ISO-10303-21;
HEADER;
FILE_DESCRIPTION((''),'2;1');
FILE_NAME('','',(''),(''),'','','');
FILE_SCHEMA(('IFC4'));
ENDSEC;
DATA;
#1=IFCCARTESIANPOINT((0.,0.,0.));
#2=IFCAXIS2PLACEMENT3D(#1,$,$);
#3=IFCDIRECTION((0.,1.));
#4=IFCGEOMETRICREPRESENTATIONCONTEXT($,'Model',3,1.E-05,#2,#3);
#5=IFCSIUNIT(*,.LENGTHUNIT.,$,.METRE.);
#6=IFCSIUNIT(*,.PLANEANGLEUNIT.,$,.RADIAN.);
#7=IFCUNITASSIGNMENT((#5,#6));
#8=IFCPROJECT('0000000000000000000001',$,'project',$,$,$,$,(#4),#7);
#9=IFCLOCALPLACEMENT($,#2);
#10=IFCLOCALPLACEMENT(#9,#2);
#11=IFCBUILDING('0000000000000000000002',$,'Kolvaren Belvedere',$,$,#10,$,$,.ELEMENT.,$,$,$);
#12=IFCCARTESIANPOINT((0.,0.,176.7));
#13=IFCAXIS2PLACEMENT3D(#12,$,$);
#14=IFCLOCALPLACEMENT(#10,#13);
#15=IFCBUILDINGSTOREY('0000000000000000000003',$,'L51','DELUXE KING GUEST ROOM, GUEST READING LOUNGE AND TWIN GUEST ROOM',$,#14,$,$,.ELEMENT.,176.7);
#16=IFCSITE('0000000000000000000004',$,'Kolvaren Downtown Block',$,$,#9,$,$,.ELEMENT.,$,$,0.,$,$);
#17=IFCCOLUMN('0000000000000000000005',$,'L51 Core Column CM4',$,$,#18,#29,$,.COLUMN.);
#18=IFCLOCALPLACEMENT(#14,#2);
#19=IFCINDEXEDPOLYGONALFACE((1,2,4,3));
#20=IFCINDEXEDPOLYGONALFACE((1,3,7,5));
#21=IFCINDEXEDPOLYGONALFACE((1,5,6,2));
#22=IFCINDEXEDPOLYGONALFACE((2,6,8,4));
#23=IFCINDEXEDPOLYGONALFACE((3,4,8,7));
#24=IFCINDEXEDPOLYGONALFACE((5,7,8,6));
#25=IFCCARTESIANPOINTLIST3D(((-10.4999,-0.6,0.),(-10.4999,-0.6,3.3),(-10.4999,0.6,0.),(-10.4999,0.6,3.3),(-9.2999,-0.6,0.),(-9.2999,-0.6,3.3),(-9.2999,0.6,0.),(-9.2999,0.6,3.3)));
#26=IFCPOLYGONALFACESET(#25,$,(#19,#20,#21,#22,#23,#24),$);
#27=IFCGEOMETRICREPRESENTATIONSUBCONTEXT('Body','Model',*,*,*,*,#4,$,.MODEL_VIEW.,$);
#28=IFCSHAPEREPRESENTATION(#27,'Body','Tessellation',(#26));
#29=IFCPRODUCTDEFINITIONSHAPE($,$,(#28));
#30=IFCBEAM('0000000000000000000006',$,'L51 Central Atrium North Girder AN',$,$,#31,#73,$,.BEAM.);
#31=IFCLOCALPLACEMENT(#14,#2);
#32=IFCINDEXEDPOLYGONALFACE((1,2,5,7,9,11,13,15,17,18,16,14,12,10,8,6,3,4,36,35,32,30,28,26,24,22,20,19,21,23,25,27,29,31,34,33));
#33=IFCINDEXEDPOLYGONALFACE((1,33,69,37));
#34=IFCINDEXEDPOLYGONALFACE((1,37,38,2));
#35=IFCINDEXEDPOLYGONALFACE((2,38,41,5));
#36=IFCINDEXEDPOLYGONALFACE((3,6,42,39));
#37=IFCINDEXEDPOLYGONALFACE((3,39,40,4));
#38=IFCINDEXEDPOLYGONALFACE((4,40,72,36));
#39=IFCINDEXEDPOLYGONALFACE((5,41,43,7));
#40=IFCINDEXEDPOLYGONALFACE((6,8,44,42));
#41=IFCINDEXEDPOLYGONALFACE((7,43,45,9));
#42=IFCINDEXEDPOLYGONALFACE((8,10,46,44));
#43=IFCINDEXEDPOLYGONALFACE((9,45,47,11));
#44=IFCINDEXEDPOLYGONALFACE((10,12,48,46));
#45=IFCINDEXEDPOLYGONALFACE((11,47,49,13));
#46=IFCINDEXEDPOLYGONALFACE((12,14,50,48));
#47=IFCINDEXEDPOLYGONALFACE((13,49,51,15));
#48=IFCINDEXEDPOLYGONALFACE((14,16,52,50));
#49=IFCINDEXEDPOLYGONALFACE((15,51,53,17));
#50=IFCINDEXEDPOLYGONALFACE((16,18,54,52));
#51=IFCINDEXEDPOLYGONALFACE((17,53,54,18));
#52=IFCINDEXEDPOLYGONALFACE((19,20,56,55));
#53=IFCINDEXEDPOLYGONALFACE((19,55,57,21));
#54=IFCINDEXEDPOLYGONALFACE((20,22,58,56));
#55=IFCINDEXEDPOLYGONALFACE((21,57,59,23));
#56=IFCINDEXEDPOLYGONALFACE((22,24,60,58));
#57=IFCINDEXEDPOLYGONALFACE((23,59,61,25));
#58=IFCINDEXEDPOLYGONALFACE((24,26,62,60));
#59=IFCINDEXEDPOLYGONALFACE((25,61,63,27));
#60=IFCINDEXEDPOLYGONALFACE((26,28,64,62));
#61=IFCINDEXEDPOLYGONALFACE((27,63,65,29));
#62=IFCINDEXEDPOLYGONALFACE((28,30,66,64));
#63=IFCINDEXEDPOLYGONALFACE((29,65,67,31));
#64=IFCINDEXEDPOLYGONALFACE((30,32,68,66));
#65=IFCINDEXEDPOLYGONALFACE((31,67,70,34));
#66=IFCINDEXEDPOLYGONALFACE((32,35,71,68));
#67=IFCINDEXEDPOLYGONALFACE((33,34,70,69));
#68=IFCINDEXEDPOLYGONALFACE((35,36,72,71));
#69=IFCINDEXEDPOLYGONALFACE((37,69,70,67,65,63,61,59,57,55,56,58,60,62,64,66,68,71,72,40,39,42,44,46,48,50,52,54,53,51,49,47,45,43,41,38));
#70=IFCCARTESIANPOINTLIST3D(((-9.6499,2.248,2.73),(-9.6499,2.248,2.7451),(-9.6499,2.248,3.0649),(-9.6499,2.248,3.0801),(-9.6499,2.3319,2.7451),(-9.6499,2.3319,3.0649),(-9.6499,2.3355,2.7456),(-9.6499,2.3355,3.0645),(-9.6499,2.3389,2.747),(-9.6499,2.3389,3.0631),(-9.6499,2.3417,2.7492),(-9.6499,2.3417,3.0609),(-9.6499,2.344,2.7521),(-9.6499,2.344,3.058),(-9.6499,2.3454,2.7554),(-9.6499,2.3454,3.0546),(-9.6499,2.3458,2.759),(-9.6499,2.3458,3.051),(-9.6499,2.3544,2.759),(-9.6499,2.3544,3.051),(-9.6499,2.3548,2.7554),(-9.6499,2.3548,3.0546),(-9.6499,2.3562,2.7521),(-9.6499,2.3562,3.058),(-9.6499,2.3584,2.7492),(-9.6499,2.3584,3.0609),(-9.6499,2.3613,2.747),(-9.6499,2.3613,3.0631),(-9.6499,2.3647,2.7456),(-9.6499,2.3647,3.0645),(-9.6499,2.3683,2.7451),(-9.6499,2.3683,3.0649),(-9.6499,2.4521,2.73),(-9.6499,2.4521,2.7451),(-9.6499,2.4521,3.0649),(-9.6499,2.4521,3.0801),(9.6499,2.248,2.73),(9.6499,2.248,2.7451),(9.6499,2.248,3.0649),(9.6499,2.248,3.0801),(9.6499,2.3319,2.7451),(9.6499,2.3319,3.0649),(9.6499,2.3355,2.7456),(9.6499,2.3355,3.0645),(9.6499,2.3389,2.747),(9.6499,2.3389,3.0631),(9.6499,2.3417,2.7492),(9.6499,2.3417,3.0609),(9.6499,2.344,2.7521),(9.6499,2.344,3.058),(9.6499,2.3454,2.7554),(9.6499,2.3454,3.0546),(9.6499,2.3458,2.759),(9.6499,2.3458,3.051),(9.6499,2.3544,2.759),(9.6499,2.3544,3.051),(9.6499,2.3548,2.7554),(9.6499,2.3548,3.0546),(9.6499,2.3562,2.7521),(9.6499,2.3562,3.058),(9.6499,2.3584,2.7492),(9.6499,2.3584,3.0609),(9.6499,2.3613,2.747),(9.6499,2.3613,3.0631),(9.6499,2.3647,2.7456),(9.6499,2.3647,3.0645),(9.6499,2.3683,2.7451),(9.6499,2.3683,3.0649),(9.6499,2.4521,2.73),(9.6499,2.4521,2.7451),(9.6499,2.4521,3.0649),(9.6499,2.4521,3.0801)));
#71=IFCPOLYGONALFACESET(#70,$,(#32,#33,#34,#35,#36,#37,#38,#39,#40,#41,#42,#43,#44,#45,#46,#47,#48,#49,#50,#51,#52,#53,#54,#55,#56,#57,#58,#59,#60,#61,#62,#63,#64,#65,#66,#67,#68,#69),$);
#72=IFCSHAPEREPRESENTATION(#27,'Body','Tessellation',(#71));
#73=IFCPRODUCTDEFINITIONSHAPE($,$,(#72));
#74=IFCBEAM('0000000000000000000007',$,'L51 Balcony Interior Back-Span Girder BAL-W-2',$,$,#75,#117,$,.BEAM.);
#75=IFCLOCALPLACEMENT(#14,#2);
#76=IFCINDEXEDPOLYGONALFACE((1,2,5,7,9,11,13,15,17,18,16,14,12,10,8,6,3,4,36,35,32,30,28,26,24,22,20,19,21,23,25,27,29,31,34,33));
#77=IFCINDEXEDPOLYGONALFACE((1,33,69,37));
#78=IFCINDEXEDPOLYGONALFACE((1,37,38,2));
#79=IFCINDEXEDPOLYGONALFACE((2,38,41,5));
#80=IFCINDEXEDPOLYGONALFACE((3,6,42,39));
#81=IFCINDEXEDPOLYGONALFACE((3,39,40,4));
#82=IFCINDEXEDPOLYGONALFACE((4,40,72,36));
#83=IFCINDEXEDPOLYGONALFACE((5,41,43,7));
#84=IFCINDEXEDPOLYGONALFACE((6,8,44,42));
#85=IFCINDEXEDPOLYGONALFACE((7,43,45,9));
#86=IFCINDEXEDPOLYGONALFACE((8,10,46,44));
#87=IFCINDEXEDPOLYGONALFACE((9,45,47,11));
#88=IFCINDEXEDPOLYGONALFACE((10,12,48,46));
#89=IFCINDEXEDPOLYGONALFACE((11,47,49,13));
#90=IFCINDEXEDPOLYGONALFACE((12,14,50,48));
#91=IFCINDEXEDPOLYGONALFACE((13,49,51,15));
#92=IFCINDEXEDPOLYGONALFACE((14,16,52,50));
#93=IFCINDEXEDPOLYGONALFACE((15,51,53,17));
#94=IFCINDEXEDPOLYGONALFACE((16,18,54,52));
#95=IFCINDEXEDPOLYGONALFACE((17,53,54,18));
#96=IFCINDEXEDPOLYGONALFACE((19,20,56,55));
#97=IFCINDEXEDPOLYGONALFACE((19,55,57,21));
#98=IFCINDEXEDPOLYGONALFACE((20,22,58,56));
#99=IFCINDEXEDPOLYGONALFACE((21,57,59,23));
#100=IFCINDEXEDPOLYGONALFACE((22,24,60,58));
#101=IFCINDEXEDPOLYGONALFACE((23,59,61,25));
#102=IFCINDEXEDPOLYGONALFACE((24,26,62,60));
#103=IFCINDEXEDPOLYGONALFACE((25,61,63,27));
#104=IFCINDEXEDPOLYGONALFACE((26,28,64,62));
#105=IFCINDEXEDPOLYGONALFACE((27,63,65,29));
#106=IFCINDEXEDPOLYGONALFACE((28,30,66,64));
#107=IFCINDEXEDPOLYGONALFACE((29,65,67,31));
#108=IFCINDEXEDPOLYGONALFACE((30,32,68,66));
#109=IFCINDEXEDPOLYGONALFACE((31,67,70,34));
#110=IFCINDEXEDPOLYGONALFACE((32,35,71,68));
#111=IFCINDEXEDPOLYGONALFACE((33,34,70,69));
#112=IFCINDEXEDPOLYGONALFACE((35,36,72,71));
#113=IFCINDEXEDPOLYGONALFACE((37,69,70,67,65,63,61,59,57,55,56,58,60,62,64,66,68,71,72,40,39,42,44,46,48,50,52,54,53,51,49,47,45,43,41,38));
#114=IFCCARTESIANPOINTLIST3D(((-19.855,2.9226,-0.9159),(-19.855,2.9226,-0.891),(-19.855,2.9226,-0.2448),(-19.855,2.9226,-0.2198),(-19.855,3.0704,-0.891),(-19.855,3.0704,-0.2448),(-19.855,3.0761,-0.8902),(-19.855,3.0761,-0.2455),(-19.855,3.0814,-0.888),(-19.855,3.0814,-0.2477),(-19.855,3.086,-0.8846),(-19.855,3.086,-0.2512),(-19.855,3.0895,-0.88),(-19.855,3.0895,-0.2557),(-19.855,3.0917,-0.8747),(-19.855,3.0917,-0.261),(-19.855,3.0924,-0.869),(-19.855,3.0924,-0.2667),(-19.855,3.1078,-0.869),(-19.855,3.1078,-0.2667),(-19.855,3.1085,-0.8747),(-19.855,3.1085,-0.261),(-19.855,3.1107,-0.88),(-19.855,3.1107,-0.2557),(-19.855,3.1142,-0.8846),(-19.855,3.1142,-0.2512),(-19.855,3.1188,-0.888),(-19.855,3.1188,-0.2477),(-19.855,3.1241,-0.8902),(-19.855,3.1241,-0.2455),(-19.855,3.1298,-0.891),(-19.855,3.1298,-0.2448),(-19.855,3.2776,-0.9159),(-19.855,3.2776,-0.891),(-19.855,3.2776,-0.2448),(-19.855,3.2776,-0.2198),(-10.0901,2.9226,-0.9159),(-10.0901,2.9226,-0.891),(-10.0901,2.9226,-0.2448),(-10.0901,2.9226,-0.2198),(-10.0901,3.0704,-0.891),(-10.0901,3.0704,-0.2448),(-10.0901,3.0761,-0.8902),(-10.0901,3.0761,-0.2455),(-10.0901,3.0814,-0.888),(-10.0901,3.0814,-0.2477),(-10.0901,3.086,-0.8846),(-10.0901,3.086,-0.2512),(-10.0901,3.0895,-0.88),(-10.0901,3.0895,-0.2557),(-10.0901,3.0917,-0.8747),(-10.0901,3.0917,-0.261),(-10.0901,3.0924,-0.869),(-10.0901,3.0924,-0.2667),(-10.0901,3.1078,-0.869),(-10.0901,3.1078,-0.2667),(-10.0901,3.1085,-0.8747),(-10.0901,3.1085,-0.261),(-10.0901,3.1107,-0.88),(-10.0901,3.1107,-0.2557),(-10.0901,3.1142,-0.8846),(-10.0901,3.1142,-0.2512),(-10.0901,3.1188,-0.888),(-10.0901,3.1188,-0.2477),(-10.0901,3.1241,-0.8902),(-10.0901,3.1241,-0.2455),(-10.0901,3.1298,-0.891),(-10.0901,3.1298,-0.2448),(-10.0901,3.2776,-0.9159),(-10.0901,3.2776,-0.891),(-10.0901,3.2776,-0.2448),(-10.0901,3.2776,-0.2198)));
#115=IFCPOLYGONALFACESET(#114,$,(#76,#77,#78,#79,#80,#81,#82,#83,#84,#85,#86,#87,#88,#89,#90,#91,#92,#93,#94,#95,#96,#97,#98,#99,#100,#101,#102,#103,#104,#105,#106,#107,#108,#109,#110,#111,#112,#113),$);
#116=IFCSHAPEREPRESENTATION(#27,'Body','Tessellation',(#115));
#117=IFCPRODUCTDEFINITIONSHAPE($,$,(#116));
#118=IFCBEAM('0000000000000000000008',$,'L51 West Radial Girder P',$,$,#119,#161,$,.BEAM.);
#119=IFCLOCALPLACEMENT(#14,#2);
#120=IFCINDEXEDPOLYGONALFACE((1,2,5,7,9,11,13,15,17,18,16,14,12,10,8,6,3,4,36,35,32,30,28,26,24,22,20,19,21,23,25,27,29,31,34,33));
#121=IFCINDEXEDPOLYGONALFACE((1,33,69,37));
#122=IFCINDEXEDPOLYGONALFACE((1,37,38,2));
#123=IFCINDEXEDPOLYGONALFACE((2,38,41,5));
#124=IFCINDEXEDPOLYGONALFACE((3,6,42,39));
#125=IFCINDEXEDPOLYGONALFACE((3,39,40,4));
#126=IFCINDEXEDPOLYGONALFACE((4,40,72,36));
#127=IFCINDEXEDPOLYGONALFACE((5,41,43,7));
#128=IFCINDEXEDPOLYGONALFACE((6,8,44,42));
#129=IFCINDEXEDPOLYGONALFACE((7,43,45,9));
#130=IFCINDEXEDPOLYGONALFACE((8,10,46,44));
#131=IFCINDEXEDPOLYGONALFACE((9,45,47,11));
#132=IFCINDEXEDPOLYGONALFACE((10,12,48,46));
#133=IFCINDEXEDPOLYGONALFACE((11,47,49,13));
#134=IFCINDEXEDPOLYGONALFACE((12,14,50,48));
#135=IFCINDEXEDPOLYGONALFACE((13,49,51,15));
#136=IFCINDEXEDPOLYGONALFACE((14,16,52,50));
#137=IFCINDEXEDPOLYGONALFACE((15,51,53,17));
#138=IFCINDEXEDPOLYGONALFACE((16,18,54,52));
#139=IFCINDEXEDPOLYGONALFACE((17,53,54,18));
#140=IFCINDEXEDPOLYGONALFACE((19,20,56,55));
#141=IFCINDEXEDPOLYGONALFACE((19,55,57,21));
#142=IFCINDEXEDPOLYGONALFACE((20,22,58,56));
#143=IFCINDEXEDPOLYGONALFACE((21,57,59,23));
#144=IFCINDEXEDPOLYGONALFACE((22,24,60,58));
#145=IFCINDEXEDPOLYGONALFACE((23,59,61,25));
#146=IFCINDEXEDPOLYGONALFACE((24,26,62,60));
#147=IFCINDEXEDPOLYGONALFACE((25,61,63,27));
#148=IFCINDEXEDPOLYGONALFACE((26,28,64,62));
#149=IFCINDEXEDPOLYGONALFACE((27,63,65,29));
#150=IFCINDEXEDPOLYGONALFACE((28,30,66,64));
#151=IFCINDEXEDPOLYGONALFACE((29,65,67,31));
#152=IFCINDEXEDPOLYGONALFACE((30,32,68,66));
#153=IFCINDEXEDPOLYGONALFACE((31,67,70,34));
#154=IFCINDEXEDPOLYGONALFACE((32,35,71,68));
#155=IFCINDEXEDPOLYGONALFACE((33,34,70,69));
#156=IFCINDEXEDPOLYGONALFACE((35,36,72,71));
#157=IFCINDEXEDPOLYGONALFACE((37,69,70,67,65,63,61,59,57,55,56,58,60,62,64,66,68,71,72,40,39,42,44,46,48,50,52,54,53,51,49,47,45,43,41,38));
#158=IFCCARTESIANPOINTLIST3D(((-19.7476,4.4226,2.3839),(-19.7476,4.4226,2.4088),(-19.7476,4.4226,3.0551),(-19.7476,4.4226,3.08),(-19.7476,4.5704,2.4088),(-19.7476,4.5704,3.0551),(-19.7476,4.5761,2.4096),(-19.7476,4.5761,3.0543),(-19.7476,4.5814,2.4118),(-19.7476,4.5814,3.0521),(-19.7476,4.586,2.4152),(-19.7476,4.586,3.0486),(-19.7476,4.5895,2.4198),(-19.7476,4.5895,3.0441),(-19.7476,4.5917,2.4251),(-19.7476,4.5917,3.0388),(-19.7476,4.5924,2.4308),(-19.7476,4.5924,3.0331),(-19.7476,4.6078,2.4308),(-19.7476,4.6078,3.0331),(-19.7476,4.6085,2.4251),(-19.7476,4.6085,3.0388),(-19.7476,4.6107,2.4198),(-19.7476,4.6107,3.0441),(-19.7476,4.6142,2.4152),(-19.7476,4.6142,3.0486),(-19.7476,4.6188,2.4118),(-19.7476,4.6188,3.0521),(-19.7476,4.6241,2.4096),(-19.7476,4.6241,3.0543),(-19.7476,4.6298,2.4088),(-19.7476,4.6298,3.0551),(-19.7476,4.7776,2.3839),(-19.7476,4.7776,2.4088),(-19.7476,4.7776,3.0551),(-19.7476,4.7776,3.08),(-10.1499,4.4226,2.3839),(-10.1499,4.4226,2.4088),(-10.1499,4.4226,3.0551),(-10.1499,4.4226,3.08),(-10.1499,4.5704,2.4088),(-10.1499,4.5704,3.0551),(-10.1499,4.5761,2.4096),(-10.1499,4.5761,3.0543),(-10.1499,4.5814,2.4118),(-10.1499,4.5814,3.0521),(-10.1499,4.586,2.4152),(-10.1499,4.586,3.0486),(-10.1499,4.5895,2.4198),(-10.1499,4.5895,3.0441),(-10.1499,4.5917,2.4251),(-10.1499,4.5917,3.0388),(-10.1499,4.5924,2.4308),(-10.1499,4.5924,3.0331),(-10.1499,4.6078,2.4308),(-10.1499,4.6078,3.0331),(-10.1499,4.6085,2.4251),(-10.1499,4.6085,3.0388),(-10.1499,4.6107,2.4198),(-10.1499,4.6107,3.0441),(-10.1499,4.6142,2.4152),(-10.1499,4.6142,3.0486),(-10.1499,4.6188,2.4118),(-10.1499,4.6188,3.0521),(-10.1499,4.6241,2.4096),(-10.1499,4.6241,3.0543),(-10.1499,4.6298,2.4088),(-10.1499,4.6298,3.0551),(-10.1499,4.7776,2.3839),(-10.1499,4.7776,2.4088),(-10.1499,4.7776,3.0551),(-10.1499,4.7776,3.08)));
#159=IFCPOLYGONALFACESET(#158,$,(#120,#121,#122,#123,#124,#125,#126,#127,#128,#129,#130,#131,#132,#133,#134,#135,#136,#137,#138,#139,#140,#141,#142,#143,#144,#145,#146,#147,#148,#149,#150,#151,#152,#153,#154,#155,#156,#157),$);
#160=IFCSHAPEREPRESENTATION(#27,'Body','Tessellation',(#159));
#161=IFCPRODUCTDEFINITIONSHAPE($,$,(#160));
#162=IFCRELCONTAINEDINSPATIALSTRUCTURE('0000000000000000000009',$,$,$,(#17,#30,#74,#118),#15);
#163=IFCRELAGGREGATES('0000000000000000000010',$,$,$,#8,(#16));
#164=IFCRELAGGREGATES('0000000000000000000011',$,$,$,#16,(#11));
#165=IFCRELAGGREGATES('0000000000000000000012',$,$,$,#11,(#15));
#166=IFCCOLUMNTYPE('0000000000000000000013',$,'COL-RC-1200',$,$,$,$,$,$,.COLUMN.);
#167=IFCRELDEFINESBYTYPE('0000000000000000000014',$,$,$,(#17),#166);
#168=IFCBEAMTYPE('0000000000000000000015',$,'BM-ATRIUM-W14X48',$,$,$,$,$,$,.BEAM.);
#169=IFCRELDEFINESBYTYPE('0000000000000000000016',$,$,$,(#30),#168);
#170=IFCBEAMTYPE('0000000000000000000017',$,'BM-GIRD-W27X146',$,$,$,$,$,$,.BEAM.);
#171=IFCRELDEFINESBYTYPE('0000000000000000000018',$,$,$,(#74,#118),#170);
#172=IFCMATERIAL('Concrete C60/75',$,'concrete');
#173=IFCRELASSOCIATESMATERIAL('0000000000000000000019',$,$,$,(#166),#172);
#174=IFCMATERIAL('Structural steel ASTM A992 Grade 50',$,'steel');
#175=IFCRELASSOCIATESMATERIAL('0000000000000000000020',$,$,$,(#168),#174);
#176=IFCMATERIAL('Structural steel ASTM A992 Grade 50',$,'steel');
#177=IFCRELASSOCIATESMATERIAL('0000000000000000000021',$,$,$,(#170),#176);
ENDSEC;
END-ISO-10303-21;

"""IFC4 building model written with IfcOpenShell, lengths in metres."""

from ifc_helpers import new_model, si_unit, direction, frame, origin, origin_2d, place, context, subcontext, project, spatial, rectangle, i_section, extrude, material, material_profile, profile_set, type_object, element, save


model = new_model("IFC4")

# Units and contexts
model_context = context("Model", 3, precision=1e-05, world=origin(), true_north=direction((0.0, 1.0)))
body_context = subcontext(model_context, "Body", "Model", "MODEL_VIEW")
ifc_project = project(units=[si_unit("LENGTHUNIT", "METRE"), si_unit("PLANEANGLEUNIT", "RADIAN")], contexts=[model_context])

# Site, building, storey
site_placement = place(None, origin())
site = spatial("IfcSite", under=ifc_project, at=site_placement, Name="Kolvaren Downtown Block", CompositionType="ELEMENT", RefElevation=0.0)
building_placement = place(site_placement, origin())
building = spatial("IfcBuilding", under=site, at=building_placement, Name="Kolvaren Belvedere", CompositionType="ELEMENT")
storey_placement = place(building_placement, frame((0.0, 0.0, 176.7)))
storey = spatial("IfcBuildingStorey", under=building, at=storey_placement, Name="L51", Description="DELUXE KING GUEST ROOM, GUEST READING LOUNGE AND TWIN GUEST ROOM", CompositionType="ELEMENT", Elevation=176.7)

# Column
ifc_material_1 = material(Name="Concrete C60/75", Category="concrete")
ifc_material_profile_1 = material_profile(ifc_material_1, rectangle(XDim=1.2, YDim=1.2, at=origin_2d()), Name="RC 1200X1200")
ifc_profile_set_1 = profile_set([ifc_material_profile_1], Name="Concrete C60/75")
column_type = type_object("IfcColumnType", Name="COL-RC-1200", PredefinedType="COLUMN", material=ifc_profile_set_1)
column_placement = place(storey_placement, frame((-9.8999, 0.0, 0.0), z_axis=(0.0, 0.0, 1.0), x_axis=(1.0, 0.0, 0.0)))
element("IfcColumn", 1, at=column_placement, inside=storey, type_object=column_type, Name="L51 Core Column CM4", PredefinedType="COLUMN", context=body_context, shape_type="SweptSolid", body=[
    extrude(rectangle(XDim=1.2, YDim=1.2, at=origin_2d()), origin(), (0.0, 0.0, 1.0), 3.3),
])

# Beams
ifc_material_2 = material(Name="Structural steel ASTM A992 Grade 50", Category="steel")
ifc_material_profile_2 = material_profile(ifc_material_2, i_section(OverallWidth=0.2041, OverallDepth=0.3501, WebThickness=0.0085, FlangeThickness=0.0151, FilletRadius=0.0139, at=origin_2d()), Name="W14X48")
ifc_profile_set_2 = profile_set([ifc_material_profile_2], Name="Structural steel ASTM A992 Grade 50")
beam_type_1 = type_object("IfcBeamType", Name="BM-ATRIUM-W14X48", PredefinedType="BEAM", material=ifc_profile_set_2)
beam_1_placement = place(storey_placement, frame((-9.6499, 2.3501, 2.905), z_axis=(1.0, 0.0, 0.0), x_axis=(0.0, 1.0, 0.0)))
element("IfcBeam", 2, at=beam_1_placement, inside=storey, type_object=beam_type_1, Name="L51 Central Atrium North Girder AN", PredefinedType="BEAM", context=body_context, shape_type="SweptSolid", body=[
    extrude(i_section(OverallWidth=0.2041, OverallDepth=0.3501, WebThickness=0.0085, FlangeThickness=0.0151, FilletRadius=0.0139, at=origin_2d()), origin(), (0.0, 0.0, 1.0), 19.2998),
])
ifc_material_3 = material(Name="Structural steel ASTM A992 Grade 50", Category="steel")
ifc_material_profile_3 = material_profile(ifc_material_3, i_section(OverallWidth=0.355, OverallDepth=0.696, WebThickness=0.0154, FlangeThickness=0.0249, FilletRadius=0.022, at=origin_2d()), Name="W27X146")
ifc_profile_set_3 = profile_set([ifc_material_profile_3], Name="Structural steel ASTM A992 Grade 50")
beam_type_2 = type_object("IfcBeamType", Name="BM-GIRD-W27X146", PredefinedType="BEAM", material=ifc_profile_set_3)
beam_2_placement = place(storey_placement, frame((-10.0901, 3.1001, -0.5679), z_axis=(-1.0, 0.0, 0.0), x_axis=(0.0, -1.0, 0.0)))
element("IfcBeam", 3, at=beam_2_placement, inside=storey, type_object=beam_type_2, Name="L51 Balcony Interior Back-Span Girder BAL-W-2", PredefinedType="BEAM", context=body_context, shape_type="SweptSolid", body=[
    extrude(i_section(OverallWidth=0.355, OverallDepth=0.696, WebThickness=0.0154, FlangeThickness=0.0249, FilletRadius=0.022, at=origin_2d()), origin(), (0.0, 0.0, 1.0), 9.7649),
])
beam_3_placement = place(storey_placement, frame((-10.1499, 4.6001, 2.7319), z_axis=(-1.0, 0.0, 0.0), x_axis=(0.0, -1.0, 0.0)))
element("IfcBeam", 4, at=beam_3_placement, inside=storey, type_object=beam_type_2, Name="L51 West Radial Girder P", PredefinedType="BEAM", context=body_context, shape_type="SweptSolid", body=[
    extrude(i_section(OverallWidth=0.355, OverallDepth=0.696, WebThickness=0.0154, FlangeThickness=0.0249, FilletRadius=0.022, at=origin_2d()), origin(), (0.0, 0.0, 1.0), 9.5977),
])

save(model, "model.ifc")
